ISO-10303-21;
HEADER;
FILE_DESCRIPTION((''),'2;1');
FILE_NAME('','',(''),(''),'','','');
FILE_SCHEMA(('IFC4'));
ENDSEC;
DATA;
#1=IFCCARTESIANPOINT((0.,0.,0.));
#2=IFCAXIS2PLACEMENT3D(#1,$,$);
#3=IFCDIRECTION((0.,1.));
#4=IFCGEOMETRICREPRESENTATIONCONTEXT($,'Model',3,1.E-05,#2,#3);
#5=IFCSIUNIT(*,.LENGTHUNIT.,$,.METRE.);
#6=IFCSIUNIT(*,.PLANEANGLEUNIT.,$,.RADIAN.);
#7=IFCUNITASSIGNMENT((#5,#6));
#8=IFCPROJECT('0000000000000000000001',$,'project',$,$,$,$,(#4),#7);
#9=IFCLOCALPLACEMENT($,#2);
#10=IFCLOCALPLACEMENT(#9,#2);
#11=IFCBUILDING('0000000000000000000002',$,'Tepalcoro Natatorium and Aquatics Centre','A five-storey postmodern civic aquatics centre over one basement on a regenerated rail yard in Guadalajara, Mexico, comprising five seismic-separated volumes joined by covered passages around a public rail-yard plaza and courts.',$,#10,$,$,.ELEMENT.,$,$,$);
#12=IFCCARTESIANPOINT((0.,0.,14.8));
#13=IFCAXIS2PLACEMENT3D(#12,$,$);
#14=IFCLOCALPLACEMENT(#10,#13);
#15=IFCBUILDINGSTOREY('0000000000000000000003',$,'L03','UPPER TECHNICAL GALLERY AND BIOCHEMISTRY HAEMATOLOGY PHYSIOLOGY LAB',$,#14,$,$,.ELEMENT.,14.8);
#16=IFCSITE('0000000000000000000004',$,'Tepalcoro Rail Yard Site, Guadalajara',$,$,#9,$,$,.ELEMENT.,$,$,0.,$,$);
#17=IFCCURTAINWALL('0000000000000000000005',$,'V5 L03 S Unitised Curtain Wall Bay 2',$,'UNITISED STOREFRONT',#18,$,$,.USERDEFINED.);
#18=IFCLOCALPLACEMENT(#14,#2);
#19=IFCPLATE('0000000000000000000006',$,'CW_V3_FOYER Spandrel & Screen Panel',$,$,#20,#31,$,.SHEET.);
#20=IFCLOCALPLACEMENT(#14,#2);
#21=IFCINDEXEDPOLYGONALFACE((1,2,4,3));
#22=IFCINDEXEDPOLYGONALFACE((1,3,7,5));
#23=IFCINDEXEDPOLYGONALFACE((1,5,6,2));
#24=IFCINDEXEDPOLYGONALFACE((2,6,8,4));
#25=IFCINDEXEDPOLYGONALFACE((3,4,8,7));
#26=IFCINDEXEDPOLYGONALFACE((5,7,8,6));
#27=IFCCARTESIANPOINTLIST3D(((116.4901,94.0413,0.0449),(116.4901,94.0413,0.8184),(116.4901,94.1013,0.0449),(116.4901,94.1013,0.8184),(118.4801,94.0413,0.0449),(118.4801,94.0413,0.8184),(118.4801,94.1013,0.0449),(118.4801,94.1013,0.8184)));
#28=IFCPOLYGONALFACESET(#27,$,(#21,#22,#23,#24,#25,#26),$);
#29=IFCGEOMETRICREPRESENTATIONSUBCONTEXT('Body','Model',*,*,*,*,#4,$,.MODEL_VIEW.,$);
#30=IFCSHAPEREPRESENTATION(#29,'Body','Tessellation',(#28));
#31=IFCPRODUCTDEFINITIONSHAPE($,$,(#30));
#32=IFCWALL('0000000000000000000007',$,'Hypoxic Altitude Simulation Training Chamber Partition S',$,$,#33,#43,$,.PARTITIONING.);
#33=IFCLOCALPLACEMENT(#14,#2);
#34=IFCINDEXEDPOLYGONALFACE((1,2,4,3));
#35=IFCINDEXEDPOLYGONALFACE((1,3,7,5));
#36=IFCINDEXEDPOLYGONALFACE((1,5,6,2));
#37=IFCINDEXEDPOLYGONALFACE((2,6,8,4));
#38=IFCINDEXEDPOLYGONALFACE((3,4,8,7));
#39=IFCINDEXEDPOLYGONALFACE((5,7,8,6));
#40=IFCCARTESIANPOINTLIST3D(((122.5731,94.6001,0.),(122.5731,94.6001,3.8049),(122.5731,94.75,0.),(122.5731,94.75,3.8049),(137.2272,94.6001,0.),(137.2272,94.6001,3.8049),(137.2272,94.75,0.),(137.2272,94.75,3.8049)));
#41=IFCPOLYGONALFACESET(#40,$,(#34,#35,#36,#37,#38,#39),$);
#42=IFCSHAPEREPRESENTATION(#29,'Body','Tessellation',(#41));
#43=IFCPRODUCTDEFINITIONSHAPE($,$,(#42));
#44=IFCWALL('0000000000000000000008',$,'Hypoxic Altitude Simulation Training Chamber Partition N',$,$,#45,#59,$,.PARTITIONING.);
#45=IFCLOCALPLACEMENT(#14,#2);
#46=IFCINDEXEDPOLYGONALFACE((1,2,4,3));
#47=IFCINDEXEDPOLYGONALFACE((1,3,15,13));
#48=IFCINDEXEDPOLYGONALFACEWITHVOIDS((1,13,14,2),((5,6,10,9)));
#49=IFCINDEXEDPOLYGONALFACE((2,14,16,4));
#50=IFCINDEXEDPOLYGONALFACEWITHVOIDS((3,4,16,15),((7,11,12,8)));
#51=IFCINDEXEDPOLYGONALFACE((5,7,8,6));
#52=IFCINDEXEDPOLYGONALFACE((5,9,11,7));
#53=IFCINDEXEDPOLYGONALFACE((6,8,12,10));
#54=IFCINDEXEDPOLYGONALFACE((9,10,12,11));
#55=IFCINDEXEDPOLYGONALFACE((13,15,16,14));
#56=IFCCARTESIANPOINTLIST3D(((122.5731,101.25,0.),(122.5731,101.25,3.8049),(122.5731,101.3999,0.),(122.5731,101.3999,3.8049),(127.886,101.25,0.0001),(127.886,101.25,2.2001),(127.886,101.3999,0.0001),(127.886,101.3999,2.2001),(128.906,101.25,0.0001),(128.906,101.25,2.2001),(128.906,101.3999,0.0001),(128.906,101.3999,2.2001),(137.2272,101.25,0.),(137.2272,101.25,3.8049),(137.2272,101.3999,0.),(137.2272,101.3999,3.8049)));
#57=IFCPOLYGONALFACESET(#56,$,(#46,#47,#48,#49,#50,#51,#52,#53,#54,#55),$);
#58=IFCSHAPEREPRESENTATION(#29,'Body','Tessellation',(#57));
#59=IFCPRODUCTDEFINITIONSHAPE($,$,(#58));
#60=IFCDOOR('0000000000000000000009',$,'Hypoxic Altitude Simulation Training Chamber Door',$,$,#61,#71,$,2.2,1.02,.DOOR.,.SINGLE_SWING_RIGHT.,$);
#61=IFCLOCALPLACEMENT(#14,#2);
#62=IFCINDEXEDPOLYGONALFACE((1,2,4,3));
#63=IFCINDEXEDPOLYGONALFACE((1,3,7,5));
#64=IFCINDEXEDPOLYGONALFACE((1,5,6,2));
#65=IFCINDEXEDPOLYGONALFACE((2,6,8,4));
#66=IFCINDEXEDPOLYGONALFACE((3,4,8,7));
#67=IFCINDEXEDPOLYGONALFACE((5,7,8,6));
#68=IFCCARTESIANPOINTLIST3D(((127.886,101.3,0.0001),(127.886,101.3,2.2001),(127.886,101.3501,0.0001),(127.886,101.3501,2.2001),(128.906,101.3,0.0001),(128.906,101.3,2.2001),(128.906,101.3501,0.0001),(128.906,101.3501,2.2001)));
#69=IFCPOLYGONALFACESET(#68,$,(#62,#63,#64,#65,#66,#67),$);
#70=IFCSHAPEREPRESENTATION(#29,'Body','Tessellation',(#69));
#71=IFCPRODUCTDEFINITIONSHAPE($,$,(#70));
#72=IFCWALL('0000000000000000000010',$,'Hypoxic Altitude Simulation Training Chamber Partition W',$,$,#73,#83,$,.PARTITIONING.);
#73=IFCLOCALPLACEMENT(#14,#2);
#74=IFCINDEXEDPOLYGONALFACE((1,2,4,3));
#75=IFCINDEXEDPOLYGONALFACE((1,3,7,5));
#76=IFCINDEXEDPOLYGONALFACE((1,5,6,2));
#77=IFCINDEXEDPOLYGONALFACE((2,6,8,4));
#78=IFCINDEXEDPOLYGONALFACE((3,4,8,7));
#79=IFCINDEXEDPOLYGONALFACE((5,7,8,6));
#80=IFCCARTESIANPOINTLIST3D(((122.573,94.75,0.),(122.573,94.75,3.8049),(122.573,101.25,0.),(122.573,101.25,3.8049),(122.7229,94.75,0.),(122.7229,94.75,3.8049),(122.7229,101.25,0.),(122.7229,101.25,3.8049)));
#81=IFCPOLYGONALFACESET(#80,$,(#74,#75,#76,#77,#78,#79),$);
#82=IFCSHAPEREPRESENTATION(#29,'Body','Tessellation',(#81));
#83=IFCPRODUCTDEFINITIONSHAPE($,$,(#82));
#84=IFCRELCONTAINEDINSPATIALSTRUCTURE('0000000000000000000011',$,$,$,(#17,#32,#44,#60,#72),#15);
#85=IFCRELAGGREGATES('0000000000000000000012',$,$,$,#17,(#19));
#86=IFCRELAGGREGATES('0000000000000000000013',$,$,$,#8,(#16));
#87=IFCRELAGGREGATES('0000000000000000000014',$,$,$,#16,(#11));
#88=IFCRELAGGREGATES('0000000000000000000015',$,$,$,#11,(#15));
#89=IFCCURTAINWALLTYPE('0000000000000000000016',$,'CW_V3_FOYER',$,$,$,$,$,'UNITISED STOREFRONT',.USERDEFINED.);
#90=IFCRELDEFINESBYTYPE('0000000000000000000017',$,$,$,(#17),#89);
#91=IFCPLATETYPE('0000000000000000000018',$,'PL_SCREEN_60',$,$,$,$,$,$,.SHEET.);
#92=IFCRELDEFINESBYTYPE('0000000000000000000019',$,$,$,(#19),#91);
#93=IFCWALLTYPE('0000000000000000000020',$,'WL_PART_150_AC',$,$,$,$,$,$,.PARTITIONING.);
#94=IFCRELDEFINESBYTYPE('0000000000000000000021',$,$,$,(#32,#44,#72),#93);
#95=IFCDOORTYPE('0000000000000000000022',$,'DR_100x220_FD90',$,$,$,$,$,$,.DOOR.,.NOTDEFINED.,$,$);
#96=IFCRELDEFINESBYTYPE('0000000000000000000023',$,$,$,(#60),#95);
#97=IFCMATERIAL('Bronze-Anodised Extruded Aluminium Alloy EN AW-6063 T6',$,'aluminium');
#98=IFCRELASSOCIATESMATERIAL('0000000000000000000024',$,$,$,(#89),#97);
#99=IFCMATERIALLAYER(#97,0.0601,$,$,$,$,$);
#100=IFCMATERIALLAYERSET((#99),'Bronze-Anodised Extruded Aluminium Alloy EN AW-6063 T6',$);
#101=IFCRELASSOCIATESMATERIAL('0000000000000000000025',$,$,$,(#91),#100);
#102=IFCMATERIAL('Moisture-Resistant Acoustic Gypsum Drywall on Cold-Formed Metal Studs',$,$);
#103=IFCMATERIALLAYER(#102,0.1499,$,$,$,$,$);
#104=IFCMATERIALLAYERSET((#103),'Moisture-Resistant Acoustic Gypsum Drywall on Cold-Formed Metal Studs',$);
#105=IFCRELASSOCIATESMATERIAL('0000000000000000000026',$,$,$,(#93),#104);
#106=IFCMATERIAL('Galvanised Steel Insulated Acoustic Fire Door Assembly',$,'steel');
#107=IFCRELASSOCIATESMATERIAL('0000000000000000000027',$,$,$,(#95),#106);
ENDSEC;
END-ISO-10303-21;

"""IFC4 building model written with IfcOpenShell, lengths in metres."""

from ifc_helpers import new_model, si_unit, direction, frame, frame_2d, origin, origin_2d, place, context, subcontext, project, spatial, rectangle, extrude, material, layer, layer_set, type_object, element, fill, aggregate, save


model = new_model("IFC4")

# Units and contexts
model_context = context("Model", 3, precision=1e-05, world=origin(), true_north=direction((0.0, 1.0)))
body_context = subcontext(model_context, "Body", "Model", "MODEL_VIEW")
ifc_project = project(units=[si_unit("LENGTHUNIT", "METRE"), si_unit("PLANEANGLEUNIT", "RADIAN")], contexts=[model_context])

# Site, building, storey
site_placement = place(None, origin())
site = spatial("IfcSite", under=ifc_project, at=site_placement, Name="Tepalcoro Rail Yard Site, Guadalajara", CompositionType="ELEMENT", RefElevation=0.0)
building_placement = place(site_placement, origin())
building = spatial("IfcBuilding", under=site, at=building_placement, Name="Tepalcoro Natatorium and Aquatics Centre", Description="A five-storey postmodern civic aquatics centre over one basement on a regenerated rail yard in Guadalajara, Mexico, comprising five seismic-separated volumes joined by covered passages around a public rail-yard plaza and courts.", CompositionType="ELEMENT")
storey_placement = place(building_placement, frame((0.0, 0.0, 14.8)))
storey = spatial("IfcBuildingStorey", under=building, at=storey_placement, Name="L03", Description="UPPER TECHNICAL GALLERY AND BIOCHEMISTRY HAEMATOLOGY PHYSIOLOGY LAB", CompositionType="ELEMENT", Elevation=14.8)

# Curtain wall
ifc_material_1 = material(Name="Bronze-Anodised Extruded Aluminium Alloy EN AW-6063 T6", Category="aluminium")
curtain_wall_type = type_object("IfcCurtainWallType", Name="CW_V3_FOYER", ElementType="UNITISED STOREFRONT", PredefinedType="USERDEFINED", material=ifc_material_1)
curtain_wall_placement = place(storey_placement, origin())
curtain_wall = element("IfcCurtainWall", 1, at=curtain_wall_placement, inside=storey, type_object=curtain_wall_type, Name="V5 L03 S Unitised Curtain Wall Bay 2", ObjectType="UNITISED STOREFRONT", PredefinedType="USERDEFINED")

# Plate
ifc_layer_1 = layer(ifc_material_1, 0.0601)
ifc_layer_set_1 = layer_set([ifc_layer_1], Name="Bronze-Anodised Extruded Aluminium Alloy EN AW-6063 T6")
plate_type_1 = type_object("IfcPlateType", Name="PL_SCREEN_60", PredefinedType="SHEET", material=ifc_layer_set_1)
plate_1_placement = place(storey_placement, frame((117.4851, 94.0713, 0.0449), z_axis=(0.0, 0.0, 1.0), x_axis=(1.0, 0.0, 0.0)))
plate_1 = element("IfcPlate", 2, at=plate_1_placement, type_object=plate_type_1, Name="CW_V3_FOYER Spandrel & Screen Panel", PredefinedType="SHEET", context=body_context, shape_type="SweptSolid", body=[
    extrude(rectangle(XDim=1.99, YDim=0.0601, at=origin_2d()), origin(), (0.0, 0.0, 1.0), 0.7734),
])
aggregate(curtain_wall, [plate_1])

# Wall
ifc_material_2 = material(Name="Moisture-Resistant Acoustic Gypsum Drywall on Cold-Formed Metal Studs")
ifc_layer_2 = layer(ifc_material_2, 0.1499)
ifc_layer_set_2 = layer_set([ifc_layer_2], Name="Moisture-Resistant Acoustic Gypsum Drywall on Cold-Formed Metal Studs")
wall_type = type_object("IfcWallType", Name="WL_PART_150_AC", PredefinedType="PARTITIONING", material=ifc_layer_set_2)
wall_1_placement = place(storey_placement, frame((122.573, 94.675, 0.0), z_axis=(0.0, 0.0, 1.0), x_axis=(1.0, 0.0, 0.0)))
element("IfcWall", 3, at=wall_1_placement, inside=storey, type_object=wall_type, Name="Hypoxic Altitude Simulation Training Chamber Partition S", PredefinedType="PARTITIONING", context=body_context, shape_type="SweptSolid", body=[
    extrude(rectangle(XDim=14.6541, YDim=0.1499, at=frame_2d((7.3271, 0.0))), origin(), (0.0, 0.0, 1.0), 3.8049),
])

# Wall, opening, door
wall_2_placement = place(storey_placement, frame((122.573, 101.325, 0.0), z_axis=(0.0, 0.0, 1.0), x_axis=(1.0, 0.0, 0.0)))
wall_2 = element("IfcWall", 4, at=wall_2_placement, inside=storey, type_object=wall_type, Name="Hypoxic Altitude Simulation Training Chamber Partition N", PredefinedType="PARTITIONING", context=body_context, shape_type="SweptSolid", body=[
    extrude(rectangle(XDim=14.6541, YDim=0.1499, at=frame_2d((7.3271, 0.0))), origin(), (0.0, 0.0, 1.0), 3.8049),
])
opening_placement = place(wall_2_placement, frame((5.313, 0.0, 0.0)))
opening = element("IfcOpeningElement", 5, at=opening_placement, cuts=wall_2, PredefinedType="OPENING", context=body_context, shape_type="SweptSolid", body=[
    extrude(rectangle(XDim=1.02, YDim=2.2, at=frame_2d((0.51, 1.1001))), frame((0.0, 0.0869, 0.0), z_axis=(0.0, -1.0, 0.0), x_axis=(1.0, 0.0, 0.0)), (0.0, 0.0, 1.0), 0.1738),
])
ifc_material_3 = material(Name="Galvanised Steel Insulated Acoustic Fire Door Assembly", Category="steel")
door_type = type_object("IfcDoorType", Name="DR_100x220_FD90", OperationType="NOTDEFINED", PredefinedType="DOOR", material=ifc_material_3)
door_placement = place(opening_placement, frame((1.02, 0.0, 0.0), z_axis=(0.0, 0.0, 1.0), x_axis=(-1.0, 0.0, 0.0)))
door = element("IfcDoor", 6, at=door_placement, inside=storey, type_object=door_type, Name="Hypoxic Altitude Simulation Training Chamber Door", OperationType="SINGLE_SWING_RIGHT", OverallHeight=2.2, OverallWidth=1.02, PredefinedType="DOOR", context=body_context, shape_type="SweptSolid", body=[
    extrude(rectangle(XDim=1.02, YDim=2.2, at=frame_2d((0.51, 1.1001))), frame((0.0, 0.0249, 0.0), z_axis=(0.0, -1.0, 0.0), x_axis=(1.0, 0.0, 0.0)), (0.0, 0.0, 1.0), 0.05),
])
fill(opening, door)

# Wall
wall_3_placement = place(storey_placement, frame((122.6479, 94.75, 0.0), z_axis=(0.0, 0.0, 1.0), x_axis=(0.0, 1.0, 0.0)))
element("IfcWall", 7, at=wall_3_placement, inside=storey, type_object=wall_type, Name="Hypoxic Altitude Simulation Training Chamber Partition W", PredefinedType="PARTITIONING", context=body_context, shape_type="SweptSolid", body=[
    extrude(rectangle(XDim=6.5, YDim=0.1499, at=frame_2d((3.25, 0.0))), origin(), (0.0, 0.0, 1.0), 3.8049),
])

save(model, "model.ifc")
